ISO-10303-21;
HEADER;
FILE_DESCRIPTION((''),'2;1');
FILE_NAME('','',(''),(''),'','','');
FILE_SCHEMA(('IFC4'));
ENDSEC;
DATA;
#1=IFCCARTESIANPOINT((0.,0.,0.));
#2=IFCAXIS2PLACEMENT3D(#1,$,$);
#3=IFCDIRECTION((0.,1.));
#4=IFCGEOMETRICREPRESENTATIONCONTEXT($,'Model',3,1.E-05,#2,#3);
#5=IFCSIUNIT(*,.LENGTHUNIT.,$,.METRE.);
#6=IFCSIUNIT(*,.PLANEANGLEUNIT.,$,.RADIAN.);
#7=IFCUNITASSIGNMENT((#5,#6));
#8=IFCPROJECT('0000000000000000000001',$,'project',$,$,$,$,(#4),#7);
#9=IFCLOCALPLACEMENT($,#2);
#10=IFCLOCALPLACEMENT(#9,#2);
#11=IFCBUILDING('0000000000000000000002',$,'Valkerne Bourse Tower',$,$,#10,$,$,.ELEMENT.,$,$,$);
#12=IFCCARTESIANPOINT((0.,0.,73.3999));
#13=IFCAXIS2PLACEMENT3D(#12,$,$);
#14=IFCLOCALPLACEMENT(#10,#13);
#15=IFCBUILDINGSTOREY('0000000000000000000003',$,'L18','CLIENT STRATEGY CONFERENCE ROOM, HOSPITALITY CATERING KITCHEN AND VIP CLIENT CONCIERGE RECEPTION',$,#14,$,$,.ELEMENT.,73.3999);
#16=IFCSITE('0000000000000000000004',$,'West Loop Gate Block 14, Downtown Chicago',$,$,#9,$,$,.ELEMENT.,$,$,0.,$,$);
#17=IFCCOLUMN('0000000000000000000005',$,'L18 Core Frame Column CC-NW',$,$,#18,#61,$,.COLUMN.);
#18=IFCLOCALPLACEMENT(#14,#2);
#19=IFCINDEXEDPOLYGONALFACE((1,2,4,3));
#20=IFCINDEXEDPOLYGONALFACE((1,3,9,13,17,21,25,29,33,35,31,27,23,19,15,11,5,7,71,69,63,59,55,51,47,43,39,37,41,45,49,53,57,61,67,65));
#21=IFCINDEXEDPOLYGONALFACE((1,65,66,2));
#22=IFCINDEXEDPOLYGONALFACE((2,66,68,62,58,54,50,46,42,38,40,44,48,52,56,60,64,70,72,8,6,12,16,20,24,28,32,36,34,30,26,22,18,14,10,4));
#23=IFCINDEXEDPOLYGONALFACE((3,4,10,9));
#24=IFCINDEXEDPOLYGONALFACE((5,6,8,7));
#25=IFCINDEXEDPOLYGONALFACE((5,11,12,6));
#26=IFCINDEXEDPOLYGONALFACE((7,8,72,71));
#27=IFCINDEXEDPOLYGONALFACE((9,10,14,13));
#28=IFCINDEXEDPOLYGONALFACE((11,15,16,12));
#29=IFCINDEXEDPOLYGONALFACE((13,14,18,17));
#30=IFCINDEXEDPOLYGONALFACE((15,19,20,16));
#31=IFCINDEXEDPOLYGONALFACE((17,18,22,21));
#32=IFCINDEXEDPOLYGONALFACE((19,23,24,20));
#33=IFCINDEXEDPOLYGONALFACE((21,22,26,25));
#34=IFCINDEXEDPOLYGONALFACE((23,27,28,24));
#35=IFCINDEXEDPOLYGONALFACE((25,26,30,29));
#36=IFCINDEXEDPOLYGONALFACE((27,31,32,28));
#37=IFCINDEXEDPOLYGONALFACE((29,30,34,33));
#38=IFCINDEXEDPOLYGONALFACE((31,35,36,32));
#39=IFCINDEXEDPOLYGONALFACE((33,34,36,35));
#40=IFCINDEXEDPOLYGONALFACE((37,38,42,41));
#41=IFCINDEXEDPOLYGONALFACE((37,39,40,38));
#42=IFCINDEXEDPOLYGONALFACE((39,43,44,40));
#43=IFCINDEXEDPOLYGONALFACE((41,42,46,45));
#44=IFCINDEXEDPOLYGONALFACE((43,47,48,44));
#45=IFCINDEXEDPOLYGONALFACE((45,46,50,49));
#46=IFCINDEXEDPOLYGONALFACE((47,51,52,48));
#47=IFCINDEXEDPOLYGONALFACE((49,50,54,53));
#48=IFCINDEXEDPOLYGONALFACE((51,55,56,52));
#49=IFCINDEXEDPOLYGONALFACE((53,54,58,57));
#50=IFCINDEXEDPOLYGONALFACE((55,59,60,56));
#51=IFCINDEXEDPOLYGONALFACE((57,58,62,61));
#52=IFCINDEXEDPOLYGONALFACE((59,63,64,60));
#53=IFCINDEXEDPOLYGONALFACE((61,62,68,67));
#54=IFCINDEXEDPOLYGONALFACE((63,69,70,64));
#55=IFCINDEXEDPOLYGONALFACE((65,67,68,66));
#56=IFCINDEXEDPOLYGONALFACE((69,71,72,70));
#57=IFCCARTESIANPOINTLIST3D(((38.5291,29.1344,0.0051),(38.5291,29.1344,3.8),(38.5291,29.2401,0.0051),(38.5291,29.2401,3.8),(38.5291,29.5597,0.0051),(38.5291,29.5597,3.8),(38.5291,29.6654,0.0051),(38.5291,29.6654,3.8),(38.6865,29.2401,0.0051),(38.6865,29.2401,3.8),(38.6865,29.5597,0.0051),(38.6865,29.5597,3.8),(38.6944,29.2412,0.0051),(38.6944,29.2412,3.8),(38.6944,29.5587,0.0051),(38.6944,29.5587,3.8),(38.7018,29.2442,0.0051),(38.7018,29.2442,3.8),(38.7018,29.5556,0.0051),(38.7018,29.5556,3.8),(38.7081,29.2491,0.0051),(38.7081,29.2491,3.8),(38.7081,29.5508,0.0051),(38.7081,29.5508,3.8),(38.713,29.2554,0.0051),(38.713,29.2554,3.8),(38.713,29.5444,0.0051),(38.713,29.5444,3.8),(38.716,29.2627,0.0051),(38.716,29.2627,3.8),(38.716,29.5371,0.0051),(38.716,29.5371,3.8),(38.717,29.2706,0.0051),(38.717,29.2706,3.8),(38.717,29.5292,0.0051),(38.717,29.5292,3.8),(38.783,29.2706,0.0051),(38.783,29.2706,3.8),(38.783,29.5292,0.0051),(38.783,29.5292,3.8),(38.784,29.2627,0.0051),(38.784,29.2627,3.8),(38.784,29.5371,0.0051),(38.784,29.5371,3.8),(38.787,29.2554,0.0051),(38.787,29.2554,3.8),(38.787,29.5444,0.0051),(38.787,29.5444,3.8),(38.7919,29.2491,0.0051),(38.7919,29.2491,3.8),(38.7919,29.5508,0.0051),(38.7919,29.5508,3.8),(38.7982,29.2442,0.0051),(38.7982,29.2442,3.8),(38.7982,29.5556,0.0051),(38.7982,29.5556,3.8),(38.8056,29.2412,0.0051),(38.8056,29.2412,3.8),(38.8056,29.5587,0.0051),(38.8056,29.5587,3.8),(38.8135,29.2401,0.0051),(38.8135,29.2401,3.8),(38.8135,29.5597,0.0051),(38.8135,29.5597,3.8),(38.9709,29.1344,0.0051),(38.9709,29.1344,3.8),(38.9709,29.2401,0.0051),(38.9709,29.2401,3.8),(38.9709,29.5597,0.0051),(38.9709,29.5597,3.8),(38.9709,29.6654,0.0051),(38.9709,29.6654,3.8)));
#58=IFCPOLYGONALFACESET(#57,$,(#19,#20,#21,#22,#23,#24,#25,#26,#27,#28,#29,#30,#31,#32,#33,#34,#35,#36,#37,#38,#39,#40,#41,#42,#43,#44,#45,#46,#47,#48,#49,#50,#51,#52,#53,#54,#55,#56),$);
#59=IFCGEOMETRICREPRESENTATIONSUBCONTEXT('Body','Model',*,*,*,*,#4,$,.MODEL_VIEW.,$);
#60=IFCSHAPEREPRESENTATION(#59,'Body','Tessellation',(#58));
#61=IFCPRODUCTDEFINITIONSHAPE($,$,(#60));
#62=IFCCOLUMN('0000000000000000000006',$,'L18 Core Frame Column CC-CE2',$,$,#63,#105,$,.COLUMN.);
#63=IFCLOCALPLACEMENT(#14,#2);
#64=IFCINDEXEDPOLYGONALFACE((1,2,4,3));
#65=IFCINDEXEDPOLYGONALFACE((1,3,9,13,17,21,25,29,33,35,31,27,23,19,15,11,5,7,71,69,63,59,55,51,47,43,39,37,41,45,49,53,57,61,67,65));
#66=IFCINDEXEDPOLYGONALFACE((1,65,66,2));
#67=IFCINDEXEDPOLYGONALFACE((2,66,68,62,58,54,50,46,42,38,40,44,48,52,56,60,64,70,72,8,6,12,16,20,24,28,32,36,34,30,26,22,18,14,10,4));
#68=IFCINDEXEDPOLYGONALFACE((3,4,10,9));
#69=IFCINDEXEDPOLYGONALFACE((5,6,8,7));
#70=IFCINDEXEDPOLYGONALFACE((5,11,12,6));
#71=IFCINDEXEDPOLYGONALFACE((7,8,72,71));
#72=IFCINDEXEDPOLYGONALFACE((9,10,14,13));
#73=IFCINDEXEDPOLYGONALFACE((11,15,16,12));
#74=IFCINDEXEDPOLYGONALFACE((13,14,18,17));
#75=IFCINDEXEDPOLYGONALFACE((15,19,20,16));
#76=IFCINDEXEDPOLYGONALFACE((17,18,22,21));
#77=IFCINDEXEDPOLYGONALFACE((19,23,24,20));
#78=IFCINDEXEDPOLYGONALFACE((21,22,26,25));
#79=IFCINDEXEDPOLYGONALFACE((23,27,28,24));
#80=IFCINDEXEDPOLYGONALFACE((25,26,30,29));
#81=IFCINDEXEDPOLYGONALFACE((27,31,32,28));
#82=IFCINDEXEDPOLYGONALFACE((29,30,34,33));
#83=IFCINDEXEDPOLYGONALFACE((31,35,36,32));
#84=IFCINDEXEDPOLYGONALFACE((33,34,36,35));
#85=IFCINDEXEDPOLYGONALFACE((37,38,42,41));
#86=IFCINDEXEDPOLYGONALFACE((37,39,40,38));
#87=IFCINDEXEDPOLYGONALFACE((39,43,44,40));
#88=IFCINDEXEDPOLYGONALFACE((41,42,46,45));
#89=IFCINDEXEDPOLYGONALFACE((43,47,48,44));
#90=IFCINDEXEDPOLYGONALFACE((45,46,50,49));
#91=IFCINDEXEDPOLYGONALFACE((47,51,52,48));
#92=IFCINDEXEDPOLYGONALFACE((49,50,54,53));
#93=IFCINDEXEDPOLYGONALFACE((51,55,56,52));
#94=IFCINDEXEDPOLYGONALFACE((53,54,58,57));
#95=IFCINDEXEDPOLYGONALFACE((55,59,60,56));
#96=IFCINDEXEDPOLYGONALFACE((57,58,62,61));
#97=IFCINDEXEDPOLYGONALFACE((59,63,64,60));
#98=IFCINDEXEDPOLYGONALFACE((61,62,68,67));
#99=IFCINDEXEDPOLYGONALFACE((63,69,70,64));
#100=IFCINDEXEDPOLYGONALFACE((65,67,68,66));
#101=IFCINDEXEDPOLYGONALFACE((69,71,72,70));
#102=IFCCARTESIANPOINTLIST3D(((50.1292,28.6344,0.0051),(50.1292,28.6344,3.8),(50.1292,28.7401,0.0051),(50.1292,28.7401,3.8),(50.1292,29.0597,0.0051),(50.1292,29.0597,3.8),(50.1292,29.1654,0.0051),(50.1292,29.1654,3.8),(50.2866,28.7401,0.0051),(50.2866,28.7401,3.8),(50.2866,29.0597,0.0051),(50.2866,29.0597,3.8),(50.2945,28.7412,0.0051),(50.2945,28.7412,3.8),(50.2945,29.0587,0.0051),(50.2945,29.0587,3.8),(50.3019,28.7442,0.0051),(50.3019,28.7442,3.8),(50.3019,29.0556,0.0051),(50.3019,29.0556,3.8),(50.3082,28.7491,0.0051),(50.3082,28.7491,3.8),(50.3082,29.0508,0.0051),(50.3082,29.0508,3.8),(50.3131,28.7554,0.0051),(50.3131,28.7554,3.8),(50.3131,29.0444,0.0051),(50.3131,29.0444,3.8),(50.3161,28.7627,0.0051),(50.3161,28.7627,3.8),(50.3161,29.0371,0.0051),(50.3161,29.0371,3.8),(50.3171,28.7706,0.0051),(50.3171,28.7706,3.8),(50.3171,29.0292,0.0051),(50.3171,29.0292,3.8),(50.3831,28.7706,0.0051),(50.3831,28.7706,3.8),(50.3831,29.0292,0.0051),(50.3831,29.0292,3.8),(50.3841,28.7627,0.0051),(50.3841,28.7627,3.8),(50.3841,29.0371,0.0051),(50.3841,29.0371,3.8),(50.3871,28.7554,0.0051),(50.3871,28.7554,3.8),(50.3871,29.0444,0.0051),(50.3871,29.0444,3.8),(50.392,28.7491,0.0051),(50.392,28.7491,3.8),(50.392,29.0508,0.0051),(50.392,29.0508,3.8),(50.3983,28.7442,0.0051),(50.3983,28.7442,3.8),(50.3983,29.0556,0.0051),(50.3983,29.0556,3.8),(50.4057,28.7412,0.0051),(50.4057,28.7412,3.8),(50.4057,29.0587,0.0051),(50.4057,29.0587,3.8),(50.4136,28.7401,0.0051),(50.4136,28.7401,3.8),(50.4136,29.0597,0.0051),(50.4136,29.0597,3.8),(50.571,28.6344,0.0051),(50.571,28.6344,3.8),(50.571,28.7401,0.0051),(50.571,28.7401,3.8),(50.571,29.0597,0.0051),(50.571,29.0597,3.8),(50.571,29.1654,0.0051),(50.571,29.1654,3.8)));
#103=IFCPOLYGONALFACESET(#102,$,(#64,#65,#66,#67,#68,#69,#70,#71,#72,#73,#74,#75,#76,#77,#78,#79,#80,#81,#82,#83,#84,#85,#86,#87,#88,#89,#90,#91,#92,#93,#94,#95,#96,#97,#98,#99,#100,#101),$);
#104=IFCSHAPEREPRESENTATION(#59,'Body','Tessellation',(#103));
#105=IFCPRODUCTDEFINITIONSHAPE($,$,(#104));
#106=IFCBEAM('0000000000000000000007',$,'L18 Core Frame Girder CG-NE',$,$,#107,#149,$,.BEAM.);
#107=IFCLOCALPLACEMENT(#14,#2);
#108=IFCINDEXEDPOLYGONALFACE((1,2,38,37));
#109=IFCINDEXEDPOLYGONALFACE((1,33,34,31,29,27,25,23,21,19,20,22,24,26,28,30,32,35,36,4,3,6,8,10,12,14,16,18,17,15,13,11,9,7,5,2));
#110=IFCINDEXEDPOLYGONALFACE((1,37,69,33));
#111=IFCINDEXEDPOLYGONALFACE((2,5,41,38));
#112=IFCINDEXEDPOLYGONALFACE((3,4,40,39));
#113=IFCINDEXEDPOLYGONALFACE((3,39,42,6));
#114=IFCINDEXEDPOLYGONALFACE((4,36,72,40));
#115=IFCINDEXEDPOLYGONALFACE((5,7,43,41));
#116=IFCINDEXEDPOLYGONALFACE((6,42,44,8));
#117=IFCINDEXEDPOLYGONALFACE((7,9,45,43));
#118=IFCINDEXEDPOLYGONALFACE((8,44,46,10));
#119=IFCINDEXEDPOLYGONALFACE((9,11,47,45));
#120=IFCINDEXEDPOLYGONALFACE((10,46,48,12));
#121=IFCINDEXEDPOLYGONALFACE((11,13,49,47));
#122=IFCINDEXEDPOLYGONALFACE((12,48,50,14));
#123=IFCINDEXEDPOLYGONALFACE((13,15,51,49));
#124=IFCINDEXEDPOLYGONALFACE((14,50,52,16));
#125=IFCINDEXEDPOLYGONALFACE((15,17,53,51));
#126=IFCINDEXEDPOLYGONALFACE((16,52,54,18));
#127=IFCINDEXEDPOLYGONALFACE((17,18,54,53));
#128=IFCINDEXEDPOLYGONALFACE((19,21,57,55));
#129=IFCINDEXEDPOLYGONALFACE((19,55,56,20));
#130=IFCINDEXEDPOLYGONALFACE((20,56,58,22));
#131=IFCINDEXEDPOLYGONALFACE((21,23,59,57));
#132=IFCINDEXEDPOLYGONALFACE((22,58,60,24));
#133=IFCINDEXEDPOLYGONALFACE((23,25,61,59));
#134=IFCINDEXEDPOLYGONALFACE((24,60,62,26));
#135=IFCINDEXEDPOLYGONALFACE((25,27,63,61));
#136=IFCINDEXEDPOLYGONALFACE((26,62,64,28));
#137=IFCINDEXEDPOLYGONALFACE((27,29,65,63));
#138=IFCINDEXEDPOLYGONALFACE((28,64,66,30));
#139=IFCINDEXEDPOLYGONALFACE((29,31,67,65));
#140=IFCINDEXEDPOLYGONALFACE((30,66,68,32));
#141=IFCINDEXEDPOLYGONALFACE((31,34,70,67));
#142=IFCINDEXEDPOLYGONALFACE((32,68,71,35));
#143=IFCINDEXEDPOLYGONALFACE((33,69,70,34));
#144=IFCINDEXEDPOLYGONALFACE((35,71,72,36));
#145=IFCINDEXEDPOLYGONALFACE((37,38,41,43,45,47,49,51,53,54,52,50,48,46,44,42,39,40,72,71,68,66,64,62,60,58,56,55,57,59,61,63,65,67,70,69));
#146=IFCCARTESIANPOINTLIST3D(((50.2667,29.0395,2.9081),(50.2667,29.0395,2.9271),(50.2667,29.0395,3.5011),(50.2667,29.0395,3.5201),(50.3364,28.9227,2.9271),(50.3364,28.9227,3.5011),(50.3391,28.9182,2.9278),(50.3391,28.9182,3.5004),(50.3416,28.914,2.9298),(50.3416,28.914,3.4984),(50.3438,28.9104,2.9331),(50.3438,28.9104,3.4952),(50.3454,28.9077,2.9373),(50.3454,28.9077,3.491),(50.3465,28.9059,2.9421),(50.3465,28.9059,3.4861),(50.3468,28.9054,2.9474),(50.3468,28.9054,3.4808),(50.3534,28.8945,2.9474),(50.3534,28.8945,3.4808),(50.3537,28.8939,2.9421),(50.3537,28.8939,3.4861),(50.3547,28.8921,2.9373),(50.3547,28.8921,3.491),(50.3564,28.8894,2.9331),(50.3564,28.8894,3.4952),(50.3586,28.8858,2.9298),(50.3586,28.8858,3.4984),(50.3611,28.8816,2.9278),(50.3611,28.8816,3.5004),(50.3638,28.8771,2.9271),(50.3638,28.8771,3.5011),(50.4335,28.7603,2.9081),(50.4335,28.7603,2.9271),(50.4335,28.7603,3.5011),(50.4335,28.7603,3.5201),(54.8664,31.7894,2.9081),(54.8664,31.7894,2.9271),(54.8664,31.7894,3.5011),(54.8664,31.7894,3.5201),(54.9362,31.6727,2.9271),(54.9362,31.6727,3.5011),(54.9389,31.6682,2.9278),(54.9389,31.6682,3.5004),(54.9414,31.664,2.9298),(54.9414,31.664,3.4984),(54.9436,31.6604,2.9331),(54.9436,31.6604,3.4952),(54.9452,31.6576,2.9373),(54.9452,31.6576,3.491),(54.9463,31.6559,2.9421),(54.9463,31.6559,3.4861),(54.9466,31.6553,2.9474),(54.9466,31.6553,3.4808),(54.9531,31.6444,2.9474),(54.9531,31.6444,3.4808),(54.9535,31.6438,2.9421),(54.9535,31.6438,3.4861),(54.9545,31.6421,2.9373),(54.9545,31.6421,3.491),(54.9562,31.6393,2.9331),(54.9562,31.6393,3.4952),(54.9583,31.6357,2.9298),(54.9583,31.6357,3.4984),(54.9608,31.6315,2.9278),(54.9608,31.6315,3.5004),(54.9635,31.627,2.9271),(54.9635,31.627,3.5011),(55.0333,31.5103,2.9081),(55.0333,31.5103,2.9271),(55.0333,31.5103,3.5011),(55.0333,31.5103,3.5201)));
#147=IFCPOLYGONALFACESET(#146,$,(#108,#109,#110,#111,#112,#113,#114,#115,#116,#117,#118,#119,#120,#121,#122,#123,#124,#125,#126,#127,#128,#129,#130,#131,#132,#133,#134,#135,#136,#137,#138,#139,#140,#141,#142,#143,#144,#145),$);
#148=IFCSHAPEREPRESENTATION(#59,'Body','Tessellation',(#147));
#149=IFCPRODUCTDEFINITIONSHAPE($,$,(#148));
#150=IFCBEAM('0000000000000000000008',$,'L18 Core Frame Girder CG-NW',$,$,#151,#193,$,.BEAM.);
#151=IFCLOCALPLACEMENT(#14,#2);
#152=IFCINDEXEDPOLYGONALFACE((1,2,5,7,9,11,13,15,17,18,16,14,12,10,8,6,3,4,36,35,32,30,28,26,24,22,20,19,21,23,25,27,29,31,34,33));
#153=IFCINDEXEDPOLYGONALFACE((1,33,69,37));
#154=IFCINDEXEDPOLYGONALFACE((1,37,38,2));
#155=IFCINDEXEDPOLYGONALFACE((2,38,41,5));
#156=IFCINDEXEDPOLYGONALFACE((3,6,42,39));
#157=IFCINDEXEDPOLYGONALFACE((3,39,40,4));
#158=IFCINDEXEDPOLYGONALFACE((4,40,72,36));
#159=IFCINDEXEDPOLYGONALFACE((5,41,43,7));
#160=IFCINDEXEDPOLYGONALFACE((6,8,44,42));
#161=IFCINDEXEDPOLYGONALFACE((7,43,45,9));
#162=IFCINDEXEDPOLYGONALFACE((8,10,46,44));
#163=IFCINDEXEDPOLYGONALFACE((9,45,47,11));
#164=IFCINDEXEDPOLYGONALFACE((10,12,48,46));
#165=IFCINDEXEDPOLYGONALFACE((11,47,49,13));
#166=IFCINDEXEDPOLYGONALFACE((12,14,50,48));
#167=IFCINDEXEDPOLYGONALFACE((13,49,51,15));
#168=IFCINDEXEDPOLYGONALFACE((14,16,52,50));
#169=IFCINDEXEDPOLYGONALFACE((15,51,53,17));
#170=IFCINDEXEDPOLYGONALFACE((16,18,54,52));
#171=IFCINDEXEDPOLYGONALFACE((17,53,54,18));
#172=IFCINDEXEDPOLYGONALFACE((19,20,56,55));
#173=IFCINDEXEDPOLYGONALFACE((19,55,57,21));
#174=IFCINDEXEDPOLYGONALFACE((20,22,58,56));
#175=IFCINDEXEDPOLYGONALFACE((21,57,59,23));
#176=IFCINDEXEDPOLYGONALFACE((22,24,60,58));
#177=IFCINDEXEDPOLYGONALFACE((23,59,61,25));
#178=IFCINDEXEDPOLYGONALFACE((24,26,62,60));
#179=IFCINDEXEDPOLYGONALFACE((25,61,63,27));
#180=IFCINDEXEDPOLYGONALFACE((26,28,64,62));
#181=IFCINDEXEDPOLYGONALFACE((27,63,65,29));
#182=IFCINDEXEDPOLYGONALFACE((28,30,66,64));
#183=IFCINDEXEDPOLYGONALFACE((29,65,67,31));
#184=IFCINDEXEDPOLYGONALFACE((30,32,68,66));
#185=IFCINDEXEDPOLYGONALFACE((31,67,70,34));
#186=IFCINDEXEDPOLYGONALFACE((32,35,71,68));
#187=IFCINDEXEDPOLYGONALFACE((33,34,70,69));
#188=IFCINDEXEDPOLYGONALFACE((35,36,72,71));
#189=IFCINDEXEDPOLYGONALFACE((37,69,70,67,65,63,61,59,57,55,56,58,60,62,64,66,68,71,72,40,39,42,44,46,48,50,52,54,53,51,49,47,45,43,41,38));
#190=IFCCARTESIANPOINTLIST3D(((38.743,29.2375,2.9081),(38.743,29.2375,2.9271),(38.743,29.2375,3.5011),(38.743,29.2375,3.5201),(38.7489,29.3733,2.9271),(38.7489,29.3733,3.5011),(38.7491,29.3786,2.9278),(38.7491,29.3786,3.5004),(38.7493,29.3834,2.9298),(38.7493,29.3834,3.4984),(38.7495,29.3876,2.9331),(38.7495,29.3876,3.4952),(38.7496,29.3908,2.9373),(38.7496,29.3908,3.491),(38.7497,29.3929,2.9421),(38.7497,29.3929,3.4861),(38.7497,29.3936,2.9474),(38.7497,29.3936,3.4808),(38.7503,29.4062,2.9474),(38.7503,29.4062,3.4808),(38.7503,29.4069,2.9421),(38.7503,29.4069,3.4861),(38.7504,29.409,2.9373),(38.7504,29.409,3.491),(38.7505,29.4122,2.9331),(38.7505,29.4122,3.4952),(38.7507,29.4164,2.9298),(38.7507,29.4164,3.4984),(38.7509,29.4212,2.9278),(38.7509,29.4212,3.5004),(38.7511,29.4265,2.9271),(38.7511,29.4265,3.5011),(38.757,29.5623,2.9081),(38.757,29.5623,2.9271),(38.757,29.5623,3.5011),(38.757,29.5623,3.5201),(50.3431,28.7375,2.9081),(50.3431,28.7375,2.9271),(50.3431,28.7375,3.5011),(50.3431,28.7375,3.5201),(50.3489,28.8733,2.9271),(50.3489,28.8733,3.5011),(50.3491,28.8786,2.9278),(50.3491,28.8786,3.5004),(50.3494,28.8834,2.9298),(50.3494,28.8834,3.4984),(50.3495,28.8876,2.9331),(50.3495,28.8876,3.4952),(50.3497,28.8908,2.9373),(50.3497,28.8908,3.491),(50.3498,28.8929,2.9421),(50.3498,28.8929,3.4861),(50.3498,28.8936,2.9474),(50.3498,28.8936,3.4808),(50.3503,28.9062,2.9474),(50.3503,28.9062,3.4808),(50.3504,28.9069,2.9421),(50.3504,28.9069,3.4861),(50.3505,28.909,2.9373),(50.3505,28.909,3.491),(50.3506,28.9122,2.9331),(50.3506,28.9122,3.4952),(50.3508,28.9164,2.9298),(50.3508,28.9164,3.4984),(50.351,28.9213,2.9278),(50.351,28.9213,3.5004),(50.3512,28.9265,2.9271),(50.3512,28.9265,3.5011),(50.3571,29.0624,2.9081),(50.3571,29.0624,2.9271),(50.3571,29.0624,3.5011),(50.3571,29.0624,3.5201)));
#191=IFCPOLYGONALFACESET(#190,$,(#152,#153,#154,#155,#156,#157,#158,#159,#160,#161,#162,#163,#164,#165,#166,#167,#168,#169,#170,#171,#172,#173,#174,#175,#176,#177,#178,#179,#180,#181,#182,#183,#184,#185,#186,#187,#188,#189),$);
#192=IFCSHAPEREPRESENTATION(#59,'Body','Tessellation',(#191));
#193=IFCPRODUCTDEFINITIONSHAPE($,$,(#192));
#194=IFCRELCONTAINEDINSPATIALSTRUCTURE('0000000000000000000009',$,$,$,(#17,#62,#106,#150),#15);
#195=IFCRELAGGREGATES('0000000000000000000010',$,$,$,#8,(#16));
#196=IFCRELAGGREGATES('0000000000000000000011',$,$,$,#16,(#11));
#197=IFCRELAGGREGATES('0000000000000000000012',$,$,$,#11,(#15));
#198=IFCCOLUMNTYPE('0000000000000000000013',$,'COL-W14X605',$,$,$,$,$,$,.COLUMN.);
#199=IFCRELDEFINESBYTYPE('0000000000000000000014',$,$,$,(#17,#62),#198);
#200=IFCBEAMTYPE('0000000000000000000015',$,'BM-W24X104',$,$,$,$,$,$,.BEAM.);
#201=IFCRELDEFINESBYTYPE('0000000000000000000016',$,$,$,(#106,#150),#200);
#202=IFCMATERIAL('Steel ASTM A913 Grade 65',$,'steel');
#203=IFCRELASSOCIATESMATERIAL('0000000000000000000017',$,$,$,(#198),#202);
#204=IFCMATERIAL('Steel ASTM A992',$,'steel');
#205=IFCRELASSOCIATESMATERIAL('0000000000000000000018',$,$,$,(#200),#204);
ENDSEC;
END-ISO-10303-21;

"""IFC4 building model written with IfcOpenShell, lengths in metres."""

from ifc_helpers import new_model, si_unit, direction, frame, origin, origin_2d, place, context, subcontext, project, spatial, i_section, extrude, material, material_profile, profile_set, type_object, element, save


model = new_model("IFC4")

# Units and contexts
model_context = context("Model", 3, precision=1e-05, world=origin(), true_north=direction((0.0, 1.0)))
body_context = subcontext(model_context, "Body", "Model", "MODEL_VIEW")
ifc_project = project(units=[si_unit("LENGTHUNIT", "METRE"), si_unit("PLANEANGLEUNIT", "RADIAN")], contexts=[model_context])

# Site, building, storey
site_placement = place(None, origin())
site = spatial("IfcSite", under=ifc_project, at=site_placement, Name="West Loop Gate Block 14, Downtown Chicago", CompositionType="ELEMENT", RefElevation=0.0)
building_placement = place(site_placement, origin())
building = spatial("IfcBuilding", under=site, at=building_placement, Name="Valkerne Bourse Tower", CompositionType="ELEMENT")
storey_placement = place(building_placement, frame((0.0, 0.0, 73.3999)))
storey = spatial("IfcBuildingStorey", under=building, at=storey_placement, Name="L18", Description="CLIENT STRATEGY CONFERENCE ROOM, HOSPITALITY CATERING KITCHEN AND VIP CLIENT CONCIERGE RECEPTION", CompositionType="ELEMENT", Elevation=73.3999)

# Columns
ifc_material_1 = material(Name="Steel ASTM A913 Grade 65", Category="steel")
ifc_material_profile_1 = material_profile(ifc_material_1, i_section(OverallWidth=0.4419, OverallDepth=0.531, WebThickness=0.0659, FlangeThickness=0.1057, FilletRadius=0.0305, at=origin_2d()), Name="W14X605")
ifc_profile_set_1 = profile_set([ifc_material_profile_1], Name="Steel ASTM A913 Grade 65")
column_type = type_object("IfcColumnType", Name="COL-W14X605", PredefinedType="COLUMN", material=ifc_profile_set_1)
for number, where, z_axis, x_axis, name in (
    (1, (38.75, 29.3999, 0.0051), (0.0, 0.0, 1.0), (1.0, 0.0, 0.0), "L18 Core Frame Column CC-NW"),
    (2, (50.3501, 28.8999, 0.0051), (0.0, 0.0, 1.0), (1.0, 0.0, 0.0), "L18 Core Frame Column CC-CE2"),
):
    element("IfcColumn", number, at=place(storey_placement, frame(where, z_axis=z_axis, x_axis=x_axis)), inside=storey, type_object=column_type, Name=name, PredefinedType="COLUMN", context=body_context, shape_type="SweptSolid", body=[
        extrude(i_section(OverallWidth=0.4419, OverallDepth=0.531, WebThickness=0.0659, FlangeThickness=0.1057, FilletRadius=0.0305, at=origin_2d()), origin(), (0.0, 0.0, 1.0), 3.7949),
    ])

# Beams
ifc_material_2 = material(Name="Steel ASTM A992", Category="steel")
ifc_material_profile_2 = material_profile(ifc_material_2, i_section(OverallWidth=0.3252, OverallDepth=0.6121, WebThickness=0.0127, FlangeThickness=0.019, FilletRadius=0.0203, at=origin_2d()), Name="W24X104")
ifc_profile_set_2 = profile_set([ifc_material_profile_2], Name="Steel ASTM A992")
beam_type = type_object("IfcBeamType", Name="BM-W24X104", PredefinedType="BEAM", material=ifc_profile_set_2)
beam_1_placement = place(storey_placement, frame((50.3501, 28.8999, 3.2141), z_axis=(0.858308, 0.513135, 0.0), x_axis=(-0.513135, 0.858308, 0.0)))
element("IfcBeam", 3, at=beam_1_placement, inside=storey, type_object=beam_type, Name="L18 Core Frame Girder CG-NE", PredefinedType="BEAM", context=body_context, shape_type="SweptSolid", body=[
    extrude(i_section(OverallWidth=0.3252, OverallDepth=0.6121, WebThickness=0.0127, FlangeThickness=0.019, FilletRadius=0.0203, at=origin_2d()), origin(), (0.0, 0.0, 1.0), 5.3591),
])
beam_2_placement = place(storey_placement, frame((38.75, 29.3999, 3.2141), z_axis=(0.999072, -0.043063, 0.0), x_axis=(0.043063, 0.999072, 0.0)))
element("IfcBeam", 4, at=beam_2_placement, inside=storey, type_object=beam_type, Name="L18 Core Frame Girder CG-NW", PredefinedType="BEAM", context=body_context, shape_type="SweptSolid", body=[
    extrude(i_section(OverallWidth=0.3252, OverallDepth=0.6121, WebThickness=0.0127, FlangeThickness=0.019, FilletRadius=0.0203, at=origin_2d()), origin(), (0.0, 0.0, 1.0), 11.6108),
])

save(model, "model.ifc")
